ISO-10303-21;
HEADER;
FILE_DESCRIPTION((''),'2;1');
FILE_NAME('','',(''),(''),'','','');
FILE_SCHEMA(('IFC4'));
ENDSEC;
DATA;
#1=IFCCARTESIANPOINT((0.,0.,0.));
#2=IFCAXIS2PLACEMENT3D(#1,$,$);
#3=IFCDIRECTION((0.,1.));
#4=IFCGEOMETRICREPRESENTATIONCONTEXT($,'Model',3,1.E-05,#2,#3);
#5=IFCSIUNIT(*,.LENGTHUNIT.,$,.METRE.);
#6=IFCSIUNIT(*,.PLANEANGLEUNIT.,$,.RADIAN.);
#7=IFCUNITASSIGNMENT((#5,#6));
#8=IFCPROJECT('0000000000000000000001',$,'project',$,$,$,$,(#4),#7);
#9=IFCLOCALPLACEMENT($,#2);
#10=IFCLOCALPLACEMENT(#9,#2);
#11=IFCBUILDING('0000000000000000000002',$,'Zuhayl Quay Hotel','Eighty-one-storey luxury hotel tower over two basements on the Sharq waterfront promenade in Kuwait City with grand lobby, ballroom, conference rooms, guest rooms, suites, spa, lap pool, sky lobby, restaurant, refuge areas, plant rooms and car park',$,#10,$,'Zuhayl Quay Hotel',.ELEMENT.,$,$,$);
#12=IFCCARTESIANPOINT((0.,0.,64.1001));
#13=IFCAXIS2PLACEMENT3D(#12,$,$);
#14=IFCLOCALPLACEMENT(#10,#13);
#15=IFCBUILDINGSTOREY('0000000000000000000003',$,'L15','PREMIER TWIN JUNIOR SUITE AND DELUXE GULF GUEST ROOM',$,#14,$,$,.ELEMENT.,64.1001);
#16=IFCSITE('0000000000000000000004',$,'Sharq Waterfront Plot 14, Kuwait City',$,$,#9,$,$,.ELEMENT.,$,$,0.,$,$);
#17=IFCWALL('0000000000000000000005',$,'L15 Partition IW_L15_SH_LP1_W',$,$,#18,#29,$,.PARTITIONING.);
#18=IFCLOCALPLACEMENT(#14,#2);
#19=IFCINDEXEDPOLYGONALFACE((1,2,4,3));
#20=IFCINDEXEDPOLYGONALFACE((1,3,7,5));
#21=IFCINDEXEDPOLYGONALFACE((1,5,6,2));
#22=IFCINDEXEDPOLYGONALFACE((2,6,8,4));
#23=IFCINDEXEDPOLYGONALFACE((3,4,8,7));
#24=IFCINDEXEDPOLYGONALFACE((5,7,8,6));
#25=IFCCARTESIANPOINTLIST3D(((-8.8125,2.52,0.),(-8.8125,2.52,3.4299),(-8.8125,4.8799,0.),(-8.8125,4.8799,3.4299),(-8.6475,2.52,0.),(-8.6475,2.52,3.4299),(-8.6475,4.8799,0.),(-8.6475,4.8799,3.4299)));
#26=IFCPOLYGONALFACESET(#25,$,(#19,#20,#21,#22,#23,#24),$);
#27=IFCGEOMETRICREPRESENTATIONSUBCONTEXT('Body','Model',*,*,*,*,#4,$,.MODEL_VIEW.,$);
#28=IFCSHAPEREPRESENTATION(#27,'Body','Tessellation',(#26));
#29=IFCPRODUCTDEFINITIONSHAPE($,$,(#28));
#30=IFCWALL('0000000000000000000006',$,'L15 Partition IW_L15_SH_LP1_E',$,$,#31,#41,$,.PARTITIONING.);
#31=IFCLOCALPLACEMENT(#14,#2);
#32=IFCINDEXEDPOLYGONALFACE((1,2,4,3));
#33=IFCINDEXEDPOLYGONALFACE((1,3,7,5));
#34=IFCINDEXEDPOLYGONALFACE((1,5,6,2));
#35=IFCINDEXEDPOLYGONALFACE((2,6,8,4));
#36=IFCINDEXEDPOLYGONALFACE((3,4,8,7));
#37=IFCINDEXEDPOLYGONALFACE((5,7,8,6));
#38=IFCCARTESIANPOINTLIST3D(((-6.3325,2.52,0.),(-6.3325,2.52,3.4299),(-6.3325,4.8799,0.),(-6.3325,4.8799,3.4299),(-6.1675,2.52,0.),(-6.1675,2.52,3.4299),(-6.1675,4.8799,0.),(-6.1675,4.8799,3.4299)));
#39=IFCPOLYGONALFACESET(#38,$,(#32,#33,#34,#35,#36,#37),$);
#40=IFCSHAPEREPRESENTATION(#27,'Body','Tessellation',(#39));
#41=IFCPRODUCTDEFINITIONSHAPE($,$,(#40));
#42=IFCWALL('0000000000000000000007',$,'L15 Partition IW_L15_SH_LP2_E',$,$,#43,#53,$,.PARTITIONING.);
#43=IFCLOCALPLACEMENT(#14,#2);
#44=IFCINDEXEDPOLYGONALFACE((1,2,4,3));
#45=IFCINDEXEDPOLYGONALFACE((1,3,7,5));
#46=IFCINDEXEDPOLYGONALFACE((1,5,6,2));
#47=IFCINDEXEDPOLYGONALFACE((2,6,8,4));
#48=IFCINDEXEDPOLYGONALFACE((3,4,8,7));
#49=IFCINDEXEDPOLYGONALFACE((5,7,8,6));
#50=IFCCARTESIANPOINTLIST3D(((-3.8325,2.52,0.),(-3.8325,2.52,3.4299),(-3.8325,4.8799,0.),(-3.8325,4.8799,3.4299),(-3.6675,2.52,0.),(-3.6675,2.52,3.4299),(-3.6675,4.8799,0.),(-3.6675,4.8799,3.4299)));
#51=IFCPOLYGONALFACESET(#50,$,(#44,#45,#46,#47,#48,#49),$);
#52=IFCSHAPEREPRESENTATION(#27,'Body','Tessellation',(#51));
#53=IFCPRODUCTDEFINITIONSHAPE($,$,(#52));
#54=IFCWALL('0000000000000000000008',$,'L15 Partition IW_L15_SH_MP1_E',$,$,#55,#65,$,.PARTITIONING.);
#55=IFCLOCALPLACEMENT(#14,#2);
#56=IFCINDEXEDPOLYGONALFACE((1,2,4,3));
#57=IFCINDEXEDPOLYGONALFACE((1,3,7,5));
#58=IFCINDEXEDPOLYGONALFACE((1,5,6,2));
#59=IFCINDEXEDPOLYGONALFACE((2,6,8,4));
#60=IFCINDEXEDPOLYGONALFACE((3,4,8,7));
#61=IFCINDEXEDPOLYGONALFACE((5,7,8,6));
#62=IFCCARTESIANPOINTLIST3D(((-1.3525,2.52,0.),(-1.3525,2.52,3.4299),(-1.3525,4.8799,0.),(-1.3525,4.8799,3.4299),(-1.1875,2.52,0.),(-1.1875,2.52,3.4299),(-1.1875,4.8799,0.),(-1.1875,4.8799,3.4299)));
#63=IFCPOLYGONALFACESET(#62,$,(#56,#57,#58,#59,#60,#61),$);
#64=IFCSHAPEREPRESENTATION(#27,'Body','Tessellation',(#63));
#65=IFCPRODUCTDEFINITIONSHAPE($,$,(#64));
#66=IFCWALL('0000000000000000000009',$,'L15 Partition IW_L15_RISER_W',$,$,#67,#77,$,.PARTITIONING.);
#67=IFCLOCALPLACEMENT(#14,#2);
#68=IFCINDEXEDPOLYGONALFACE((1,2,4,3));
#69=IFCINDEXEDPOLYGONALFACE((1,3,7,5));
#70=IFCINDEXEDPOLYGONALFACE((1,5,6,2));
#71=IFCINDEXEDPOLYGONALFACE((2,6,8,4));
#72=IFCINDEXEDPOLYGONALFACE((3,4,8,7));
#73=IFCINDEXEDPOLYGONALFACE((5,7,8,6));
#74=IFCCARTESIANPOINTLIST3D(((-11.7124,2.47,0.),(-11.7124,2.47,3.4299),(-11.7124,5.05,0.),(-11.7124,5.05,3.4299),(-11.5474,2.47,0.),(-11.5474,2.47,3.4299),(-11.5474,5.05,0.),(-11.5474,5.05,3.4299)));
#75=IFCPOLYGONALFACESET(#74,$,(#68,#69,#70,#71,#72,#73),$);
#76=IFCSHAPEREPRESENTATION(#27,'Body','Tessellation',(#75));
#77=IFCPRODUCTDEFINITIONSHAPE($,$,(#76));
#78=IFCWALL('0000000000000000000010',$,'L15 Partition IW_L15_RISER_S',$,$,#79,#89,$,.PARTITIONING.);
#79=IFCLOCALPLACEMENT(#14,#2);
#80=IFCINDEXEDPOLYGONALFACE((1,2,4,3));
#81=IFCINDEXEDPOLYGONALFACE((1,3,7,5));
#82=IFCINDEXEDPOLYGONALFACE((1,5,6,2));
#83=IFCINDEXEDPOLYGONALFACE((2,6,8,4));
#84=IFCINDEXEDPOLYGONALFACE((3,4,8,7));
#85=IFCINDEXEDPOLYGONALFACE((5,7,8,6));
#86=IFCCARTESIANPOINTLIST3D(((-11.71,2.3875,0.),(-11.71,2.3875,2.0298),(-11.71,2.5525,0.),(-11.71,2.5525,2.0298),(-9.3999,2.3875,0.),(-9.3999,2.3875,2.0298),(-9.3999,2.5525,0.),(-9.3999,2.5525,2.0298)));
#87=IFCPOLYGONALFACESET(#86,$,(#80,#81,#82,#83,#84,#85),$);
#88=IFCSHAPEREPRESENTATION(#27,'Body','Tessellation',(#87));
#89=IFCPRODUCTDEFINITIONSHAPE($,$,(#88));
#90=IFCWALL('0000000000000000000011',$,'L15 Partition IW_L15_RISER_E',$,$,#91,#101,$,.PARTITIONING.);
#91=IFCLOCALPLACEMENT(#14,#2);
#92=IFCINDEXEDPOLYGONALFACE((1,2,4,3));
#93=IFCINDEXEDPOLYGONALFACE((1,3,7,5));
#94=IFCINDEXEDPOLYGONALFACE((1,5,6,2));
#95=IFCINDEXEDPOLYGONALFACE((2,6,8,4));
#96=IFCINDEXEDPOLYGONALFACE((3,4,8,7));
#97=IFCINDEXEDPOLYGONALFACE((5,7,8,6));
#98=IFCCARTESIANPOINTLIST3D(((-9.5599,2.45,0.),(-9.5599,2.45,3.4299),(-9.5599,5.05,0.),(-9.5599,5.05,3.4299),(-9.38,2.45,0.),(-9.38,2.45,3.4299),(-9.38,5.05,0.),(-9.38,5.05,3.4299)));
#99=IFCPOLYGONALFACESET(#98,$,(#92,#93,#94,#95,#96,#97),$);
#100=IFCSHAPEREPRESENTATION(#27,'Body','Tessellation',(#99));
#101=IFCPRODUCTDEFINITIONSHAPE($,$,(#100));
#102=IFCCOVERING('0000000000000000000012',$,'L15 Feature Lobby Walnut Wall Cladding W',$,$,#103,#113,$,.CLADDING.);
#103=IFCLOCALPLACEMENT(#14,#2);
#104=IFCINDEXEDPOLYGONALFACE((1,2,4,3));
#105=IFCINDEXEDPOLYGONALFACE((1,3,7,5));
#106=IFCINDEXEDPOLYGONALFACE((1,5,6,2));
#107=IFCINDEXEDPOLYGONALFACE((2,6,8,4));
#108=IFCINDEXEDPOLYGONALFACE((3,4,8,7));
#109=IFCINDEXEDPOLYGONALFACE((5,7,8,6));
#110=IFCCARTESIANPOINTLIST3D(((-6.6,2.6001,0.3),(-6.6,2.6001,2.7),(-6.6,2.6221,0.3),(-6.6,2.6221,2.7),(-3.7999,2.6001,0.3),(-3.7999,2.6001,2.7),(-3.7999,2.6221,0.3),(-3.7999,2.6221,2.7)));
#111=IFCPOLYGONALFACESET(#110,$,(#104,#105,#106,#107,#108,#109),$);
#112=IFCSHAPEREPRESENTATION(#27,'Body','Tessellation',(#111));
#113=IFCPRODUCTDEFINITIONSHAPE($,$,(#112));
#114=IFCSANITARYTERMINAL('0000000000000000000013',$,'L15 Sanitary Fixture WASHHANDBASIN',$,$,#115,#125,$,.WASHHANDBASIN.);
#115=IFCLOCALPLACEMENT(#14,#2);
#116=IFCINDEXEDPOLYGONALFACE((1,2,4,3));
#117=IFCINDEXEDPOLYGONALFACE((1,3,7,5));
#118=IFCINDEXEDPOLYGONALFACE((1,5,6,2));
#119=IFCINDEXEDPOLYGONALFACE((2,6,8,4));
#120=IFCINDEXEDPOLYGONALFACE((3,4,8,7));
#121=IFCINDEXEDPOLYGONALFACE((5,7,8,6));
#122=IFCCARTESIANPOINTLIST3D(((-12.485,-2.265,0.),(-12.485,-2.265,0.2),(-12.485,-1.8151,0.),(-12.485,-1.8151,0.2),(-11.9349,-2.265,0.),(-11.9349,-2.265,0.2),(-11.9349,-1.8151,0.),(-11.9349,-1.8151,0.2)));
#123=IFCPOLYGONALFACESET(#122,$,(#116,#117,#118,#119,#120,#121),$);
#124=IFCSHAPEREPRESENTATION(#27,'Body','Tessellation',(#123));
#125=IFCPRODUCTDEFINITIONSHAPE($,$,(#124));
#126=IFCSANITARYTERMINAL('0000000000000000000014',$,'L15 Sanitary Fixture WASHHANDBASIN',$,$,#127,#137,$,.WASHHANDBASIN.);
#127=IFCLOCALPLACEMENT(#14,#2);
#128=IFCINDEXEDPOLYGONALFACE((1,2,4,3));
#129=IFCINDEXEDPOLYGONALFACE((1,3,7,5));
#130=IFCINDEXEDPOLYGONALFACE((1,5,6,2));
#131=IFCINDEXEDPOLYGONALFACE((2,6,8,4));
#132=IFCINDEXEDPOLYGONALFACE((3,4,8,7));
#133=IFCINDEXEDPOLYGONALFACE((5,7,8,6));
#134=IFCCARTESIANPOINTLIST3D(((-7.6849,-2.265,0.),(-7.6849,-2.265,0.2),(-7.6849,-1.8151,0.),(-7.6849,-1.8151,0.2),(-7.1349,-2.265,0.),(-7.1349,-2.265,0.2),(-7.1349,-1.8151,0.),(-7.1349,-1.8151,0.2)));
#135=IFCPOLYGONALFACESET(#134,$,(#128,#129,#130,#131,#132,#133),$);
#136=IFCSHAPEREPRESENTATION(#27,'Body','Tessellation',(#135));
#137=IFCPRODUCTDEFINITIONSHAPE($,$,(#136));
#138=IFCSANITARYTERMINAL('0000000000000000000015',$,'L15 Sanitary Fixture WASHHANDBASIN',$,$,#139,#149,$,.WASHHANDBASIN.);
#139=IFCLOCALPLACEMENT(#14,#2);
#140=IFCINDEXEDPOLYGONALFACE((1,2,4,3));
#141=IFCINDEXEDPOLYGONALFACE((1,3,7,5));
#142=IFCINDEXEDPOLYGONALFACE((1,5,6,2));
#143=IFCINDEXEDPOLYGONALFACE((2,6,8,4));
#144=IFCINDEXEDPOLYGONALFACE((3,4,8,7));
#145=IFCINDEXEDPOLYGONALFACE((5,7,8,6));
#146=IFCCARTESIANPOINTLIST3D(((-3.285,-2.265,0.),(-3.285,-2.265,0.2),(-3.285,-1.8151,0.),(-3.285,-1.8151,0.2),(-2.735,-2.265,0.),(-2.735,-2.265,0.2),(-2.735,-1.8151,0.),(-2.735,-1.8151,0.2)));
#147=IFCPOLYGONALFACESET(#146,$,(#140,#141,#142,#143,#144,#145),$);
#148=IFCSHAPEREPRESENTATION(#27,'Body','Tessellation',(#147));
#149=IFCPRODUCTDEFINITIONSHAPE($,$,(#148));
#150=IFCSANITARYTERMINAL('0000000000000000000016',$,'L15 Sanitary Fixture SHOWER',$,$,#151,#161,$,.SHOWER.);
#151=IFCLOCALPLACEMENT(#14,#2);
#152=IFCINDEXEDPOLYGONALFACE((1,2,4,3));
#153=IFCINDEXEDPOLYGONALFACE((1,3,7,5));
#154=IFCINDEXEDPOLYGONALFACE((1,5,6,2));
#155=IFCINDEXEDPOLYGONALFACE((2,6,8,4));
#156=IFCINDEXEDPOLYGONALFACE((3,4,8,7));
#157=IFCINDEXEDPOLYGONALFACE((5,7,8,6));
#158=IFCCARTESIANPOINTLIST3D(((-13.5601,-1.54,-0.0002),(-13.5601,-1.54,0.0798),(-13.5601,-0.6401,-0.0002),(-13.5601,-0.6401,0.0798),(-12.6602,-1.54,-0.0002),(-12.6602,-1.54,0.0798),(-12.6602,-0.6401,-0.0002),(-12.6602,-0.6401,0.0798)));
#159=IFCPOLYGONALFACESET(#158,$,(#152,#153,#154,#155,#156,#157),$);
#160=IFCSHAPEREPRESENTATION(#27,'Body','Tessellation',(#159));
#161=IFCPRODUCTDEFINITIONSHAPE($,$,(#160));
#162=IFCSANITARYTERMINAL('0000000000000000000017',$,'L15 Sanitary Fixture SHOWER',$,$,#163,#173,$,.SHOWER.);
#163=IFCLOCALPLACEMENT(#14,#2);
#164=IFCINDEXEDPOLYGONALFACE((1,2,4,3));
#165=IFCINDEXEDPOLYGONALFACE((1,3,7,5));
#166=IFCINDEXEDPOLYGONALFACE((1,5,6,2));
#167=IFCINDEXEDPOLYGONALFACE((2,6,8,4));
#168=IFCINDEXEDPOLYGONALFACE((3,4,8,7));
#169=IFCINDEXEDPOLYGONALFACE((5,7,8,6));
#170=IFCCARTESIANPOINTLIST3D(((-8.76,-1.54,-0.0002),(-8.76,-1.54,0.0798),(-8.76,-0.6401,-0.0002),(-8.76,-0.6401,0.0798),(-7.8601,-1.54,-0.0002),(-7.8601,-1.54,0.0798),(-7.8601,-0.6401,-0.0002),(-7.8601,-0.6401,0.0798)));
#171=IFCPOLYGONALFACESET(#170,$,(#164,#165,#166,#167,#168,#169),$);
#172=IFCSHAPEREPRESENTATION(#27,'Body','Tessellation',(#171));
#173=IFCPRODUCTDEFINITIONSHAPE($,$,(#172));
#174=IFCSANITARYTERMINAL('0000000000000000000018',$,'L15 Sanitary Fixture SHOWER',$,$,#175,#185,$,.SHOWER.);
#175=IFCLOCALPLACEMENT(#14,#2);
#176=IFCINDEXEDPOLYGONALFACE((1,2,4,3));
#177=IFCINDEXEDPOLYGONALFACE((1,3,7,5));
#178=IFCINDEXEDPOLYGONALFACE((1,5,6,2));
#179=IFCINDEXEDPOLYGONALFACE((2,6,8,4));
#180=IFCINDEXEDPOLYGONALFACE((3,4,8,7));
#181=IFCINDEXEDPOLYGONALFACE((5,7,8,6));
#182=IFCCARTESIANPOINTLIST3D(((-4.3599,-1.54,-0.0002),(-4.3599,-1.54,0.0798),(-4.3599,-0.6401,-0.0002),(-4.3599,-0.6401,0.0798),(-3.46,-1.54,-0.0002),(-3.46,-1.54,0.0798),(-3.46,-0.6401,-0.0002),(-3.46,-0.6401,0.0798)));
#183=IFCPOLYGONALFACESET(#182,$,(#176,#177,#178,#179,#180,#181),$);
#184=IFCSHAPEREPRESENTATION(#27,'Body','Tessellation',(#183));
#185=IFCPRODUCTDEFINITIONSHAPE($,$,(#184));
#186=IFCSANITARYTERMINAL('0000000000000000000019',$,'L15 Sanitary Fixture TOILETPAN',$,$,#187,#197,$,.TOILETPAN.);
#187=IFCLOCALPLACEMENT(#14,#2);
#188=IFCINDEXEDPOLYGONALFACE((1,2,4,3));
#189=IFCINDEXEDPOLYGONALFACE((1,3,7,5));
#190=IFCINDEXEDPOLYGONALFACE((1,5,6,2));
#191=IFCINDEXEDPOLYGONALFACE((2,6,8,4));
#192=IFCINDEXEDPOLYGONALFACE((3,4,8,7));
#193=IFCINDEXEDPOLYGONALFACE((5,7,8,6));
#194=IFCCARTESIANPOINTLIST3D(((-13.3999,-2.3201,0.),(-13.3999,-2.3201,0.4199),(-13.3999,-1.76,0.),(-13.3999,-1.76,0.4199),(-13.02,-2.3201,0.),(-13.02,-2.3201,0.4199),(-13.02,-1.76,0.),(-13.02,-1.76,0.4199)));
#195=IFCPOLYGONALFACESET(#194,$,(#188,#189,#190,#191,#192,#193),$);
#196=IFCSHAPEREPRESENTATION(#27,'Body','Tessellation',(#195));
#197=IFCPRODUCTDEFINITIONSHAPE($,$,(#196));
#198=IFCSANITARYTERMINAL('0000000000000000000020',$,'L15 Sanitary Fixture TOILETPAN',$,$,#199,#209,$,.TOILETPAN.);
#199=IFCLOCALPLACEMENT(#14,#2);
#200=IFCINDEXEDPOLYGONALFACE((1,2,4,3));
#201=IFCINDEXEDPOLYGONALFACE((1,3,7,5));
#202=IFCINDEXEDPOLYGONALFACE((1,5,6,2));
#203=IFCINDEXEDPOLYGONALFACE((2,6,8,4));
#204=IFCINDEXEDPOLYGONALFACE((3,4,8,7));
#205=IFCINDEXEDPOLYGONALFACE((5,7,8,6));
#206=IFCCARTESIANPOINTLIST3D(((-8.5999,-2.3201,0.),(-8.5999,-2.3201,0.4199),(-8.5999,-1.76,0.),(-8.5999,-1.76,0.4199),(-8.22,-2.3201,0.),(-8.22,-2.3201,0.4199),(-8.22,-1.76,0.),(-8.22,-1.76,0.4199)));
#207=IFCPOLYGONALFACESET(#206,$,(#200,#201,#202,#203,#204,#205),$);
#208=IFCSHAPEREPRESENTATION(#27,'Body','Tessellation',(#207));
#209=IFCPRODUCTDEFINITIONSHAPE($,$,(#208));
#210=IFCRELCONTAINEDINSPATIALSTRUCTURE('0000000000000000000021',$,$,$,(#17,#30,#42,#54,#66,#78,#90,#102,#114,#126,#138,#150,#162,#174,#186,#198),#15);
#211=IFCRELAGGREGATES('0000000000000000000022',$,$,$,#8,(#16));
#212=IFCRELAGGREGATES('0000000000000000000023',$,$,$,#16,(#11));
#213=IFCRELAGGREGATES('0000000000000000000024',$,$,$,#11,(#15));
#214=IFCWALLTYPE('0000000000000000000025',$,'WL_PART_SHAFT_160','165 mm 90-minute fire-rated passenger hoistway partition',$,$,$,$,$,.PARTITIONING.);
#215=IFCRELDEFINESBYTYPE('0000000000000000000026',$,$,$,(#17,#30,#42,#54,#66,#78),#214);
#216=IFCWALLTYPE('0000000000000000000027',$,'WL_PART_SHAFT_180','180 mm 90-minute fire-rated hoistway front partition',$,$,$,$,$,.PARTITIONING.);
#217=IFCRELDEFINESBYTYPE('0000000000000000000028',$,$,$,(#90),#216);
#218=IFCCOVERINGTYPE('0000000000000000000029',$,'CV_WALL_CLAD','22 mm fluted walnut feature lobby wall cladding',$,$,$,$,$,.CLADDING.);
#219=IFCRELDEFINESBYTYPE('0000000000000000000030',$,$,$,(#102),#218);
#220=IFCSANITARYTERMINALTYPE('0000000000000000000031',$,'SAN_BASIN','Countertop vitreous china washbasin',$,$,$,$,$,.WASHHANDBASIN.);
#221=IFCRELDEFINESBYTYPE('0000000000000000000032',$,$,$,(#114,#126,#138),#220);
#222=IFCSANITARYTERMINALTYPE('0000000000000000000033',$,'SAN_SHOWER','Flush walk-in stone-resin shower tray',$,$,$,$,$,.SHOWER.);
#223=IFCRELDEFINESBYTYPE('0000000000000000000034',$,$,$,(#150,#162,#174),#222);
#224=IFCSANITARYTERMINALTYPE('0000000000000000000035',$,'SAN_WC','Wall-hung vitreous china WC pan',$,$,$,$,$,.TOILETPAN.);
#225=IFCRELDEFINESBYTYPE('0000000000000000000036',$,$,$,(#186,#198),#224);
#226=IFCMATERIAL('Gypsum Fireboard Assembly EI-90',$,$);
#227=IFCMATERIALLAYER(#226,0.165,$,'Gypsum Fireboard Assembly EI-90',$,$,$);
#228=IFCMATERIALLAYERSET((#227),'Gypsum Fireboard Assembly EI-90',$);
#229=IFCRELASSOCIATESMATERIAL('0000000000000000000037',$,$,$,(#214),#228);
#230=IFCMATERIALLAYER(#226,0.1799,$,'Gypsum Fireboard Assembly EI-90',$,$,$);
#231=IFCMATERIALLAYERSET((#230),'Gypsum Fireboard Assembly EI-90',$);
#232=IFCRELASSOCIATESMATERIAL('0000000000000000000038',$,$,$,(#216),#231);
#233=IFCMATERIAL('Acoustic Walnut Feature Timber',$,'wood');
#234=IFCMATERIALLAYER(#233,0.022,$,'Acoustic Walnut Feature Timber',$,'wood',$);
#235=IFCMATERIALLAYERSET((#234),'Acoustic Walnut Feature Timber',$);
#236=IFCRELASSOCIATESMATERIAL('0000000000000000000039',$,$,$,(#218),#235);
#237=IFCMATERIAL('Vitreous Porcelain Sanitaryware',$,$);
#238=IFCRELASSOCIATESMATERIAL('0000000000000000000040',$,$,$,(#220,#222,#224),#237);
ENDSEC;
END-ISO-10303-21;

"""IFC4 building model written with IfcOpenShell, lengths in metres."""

from ifc_helpers import new_model, si_unit, direction, frame, frame_2d, origin, origin_2d, place, context, subcontext, project, spatial, rectangle, extrude, material, layer, layer_set, type_object, element, save


model = new_model("IFC4")

# Units and contexts
model_context = context("Model", 3, precision=1e-05, world=origin(), true_north=direction((0.0, 1.0)))
body_context = subcontext(model_context, "Body", "Model", "MODEL_VIEW")
ifc_project = project(units=[si_unit("LENGTHUNIT", "METRE"), si_unit("PLANEANGLEUNIT", "RADIAN")], contexts=[model_context])

# Site, building, storey
site_placement = place(None, origin())
site = spatial("IfcSite", under=ifc_project, at=site_placement, Name="Sharq Waterfront Plot 14, Kuwait City", CompositionType="ELEMENT", RefElevation=0.0)
building_placement = place(site_placement, origin())
building = spatial("IfcBuilding", under=site, at=building_placement, Name="Zuhayl Quay Hotel", Description="Eighty-one-storey luxury hotel tower over two basements on the Sharq waterfront promenade in Kuwait City with grand lobby, ballroom, conference rooms, guest rooms, suites, spa, lap pool, sky lobby, restaurant, refuge areas, plant rooms and car park", LongName="Zuhayl Quay Hotel", CompositionType="ELEMENT")
storey_placement = place(building_placement, frame((0.0, 0.0, 64.1001)))
storey = spatial("IfcBuildingStorey", under=building, at=storey_placement, Name="L15", Description="PREMIER TWIN JUNIOR SUITE AND DELUXE GULF GUEST ROOM", CompositionType="ELEMENT", Elevation=64.1001)

# Walls
ifc_material_1 = material(Name="Gypsum Fireboard Assembly EI-90")
ifc_layer_1 = layer(ifc_material_1, 0.165, Name="Gypsum Fireboard Assembly EI-90")
ifc_layer_set_1 = layer_set([ifc_layer_1], Name="Gypsum Fireboard Assembly EI-90")
wall_type_1 = type_object("IfcWallType", Name="WL_PART_SHAFT_160", Description="165 mm 90-minute fire-rated passenger hoistway partition", PredefinedType="PARTITIONING", material=ifc_layer_set_1)
for number, where, z_axis, x_axis, name in (
    (1, (-8.73, 2.52, 0.0), (0.0, 0.0, 1.0), (0.0, 1.0, 0.0), "L15 Partition IW_L15_SH_LP1_W"),
    (2, (-6.25, 2.52, 0.0), (0.0, 0.0, 1.0), (0.0, 1.0, 0.0), "L15 Partition IW_L15_SH_LP1_E"),
    (3, (-3.75, 2.52, 0.0), (0.0, 0.0, 1.0), (0.0, 1.0, 0.0), "L15 Partition IW_L15_SH_LP2_E"),
    (4, (-1.27, 2.52, 0.0), (0.0, 0.0, 1.0), (0.0, 1.0, 0.0), "L15 Partition IW_L15_SH_MP1_E"),
):
    element("IfcWall", number, at=place(storey_placement, frame(where, z_axis=z_axis, x_axis=x_axis)), inside=storey, type_object=wall_type_1, Name=name, PredefinedType="PARTITIONING", context=body_context, shape_type="SweptSolid", body=[
        extrude(rectangle(XDim=2.3599, YDim=0.165, at=frame_2d((1.1799, 0.0))), origin(), (0.0, 0.0, 1.0), 3.4299),
    ])
wall_1_placement = place(storey_placement, frame((-11.6299, 2.47, 0.0), z_axis=(0.0, 0.0, 1.0), x_axis=(0.0, 1.0, 0.0)))
element("IfcWall", 5, at=wall_1_placement, inside=storey, type_object=wall_type_1, Name="L15 Partition IW_L15_RISER_W", PredefinedType="PARTITIONING", context=body_context, shape_type="SweptSolid", body=[
    extrude(rectangle(XDim=2.5801, YDim=0.165, at=frame_2d((1.29, 0.0))), origin(), (0.0, 0.0, 1.0), 3.4299),
])
wall_2_placement = place(storey_placement, frame((-11.71, 2.47, 0.0), z_axis=(0.0, 0.0, 1.0), x_axis=(1.0, 0.0, 0.0)))
element("IfcWall", 6, at=wall_2_placement, inside=storey, type_object=wall_type_1, Name="L15 Partition IW_L15_RISER_S", PredefinedType="PARTITIONING", context=body_context, shape_type="SweptSolid", body=[
    extrude(rectangle(XDim=2.3101, YDim=0.165, at=frame_2d((1.155, 0.0))), origin(), (0.0, 0.0, 1.0), 2.0298),
])
ifc_layer_2 = layer(ifc_material_1, 0.1799, Name="Gypsum Fireboard Assembly EI-90")
ifc_layer_set_2 = layer_set([ifc_layer_2], Name="Gypsum Fireboard Assembly EI-90")
wall_type_2 = type_object("IfcWallType", Name="WL_PART_SHAFT_180", Description="180 mm 90-minute fire-rated hoistway front partition", PredefinedType="PARTITIONING", material=ifc_layer_set_2)
wall_3_placement = place(storey_placement, frame((-9.47, 2.45, 0.0), z_axis=(0.0, 0.0, 1.0), x_axis=(0.0, 1.0, 0.0)))
element("IfcWall", 7, at=wall_3_placement, inside=storey, type_object=wall_type_2, Name="L15 Partition IW_L15_RISER_E", PredefinedType="PARTITIONING", context=body_context, shape_type="SweptSolid", body=[
    extrude(rectangle(XDim=2.6001, YDim=0.1799, at=frame_2d((1.3, 0.0))), origin(), (0.0, 0.0, 1.0), 3.4299),
])

# Covering
ifc_material_2 = material(Name="Acoustic Walnut Feature Timber", Category="wood")
ifc_layer_3 = layer(ifc_material_2, 0.022, Name="Acoustic Walnut Feature Timber", Category="wood")
ifc_layer_set_3 = layer_set([ifc_layer_3], Name="Acoustic Walnut Feature Timber")
covering_type = type_object("IfcCoveringType", Name="CV_WALL_CLAD", Description="22 mm fluted walnut feature lobby wall cladding", PredefinedType="CLADDING", material=ifc_layer_set_3)
covering_placement = place(storey_placement, frame((-5.2, 2.6111, 0.3), z_axis=(0.0, 0.0, 1.0), x_axis=(1.0, 0.0, 0.0)))
element("IfcCovering", 8, at=covering_placement, inside=storey, type_object=covering_type, Name="L15 Feature Lobby Walnut Wall Cladding W", PredefinedType="CLADDING", context=body_context, shape_type="SweptSolid", body=[
    extrude(rectangle(XDim=2.8, YDim=0.022, at=origin_2d()), origin(), (0.0, 0.0, 1.0), 2.3999),
])

# Sanitary terminals
ifc_material_3 = material(Name="Vitreous Porcelain Sanitaryware")
sanitary_terminal_type_1 = type_object("IfcSanitaryTerminalType", Name="SAN_BASIN", Description="Countertop vitreous china washbasin", PredefinedType="WASHHANDBASIN", material=ifc_material_3)
for number, where, z_axis, x_axis, name in (
    (9, (-12.21, -2.04, 0.0), (0.0, 0.0, 1.0), (1.0, 0.0, 0.0), "L15 Sanitary Fixture WASHHANDBASIN"),
    (10, (-7.4099, -2.04, 0.0), (0.0, 0.0, 1.0), (1.0, 0.0, 0.0), "L15 Sanitary Fixture WASHHANDBASIN"),
    (11, (-3.01, -2.04, 0.0), (0.0, 0.0, 1.0), (1.0, 0.0, 0.0), "L15 Sanitary Fixture WASHHANDBASIN"),
):
    element("IfcSanitaryTerminal", number, at=place(storey_placement, frame(where, z_axis=z_axis, x_axis=x_axis)), inside=storey, type_object=sanitary_terminal_type_1, Name=name, PredefinedType="WASHHANDBASIN", context=body_context, shape_type="SweptSolid", body=[
        extrude(rectangle(XDim=0.55, YDim=0.45, at=origin_2d()), origin(), (0.0, 0.0, 1.0), 0.2),
    ])
sanitary_terminal_type_2 = type_object("IfcSanitaryTerminalType", Name="SAN_SHOWER", Description="Flush walk-in stone-resin shower tray", PredefinedType="SHOWER", material=ifc_material_3)
for number, where, z_axis, x_axis, name in (
    (12, (-13.1101, -1.0901, -0.0002), (0.0, 0.0, 1.0), (1.0, 0.0, 0.0), "L15 Sanitary Fixture SHOWER"),
    (13, (-8.3101, -1.0901, -0.0002), (0.0, 0.0, 1.0), (1.0, 0.0, 0.0), "L15 Sanitary Fixture SHOWER"),
    (14, (-3.9099, -1.0901, -0.0002), (0.0, 0.0, 1.0), (1.0, 0.0, 0.0), "L15 Sanitary Fixture SHOWER"),
):
    element("IfcSanitaryTerminal", number, at=place(storey_placement, frame(where, z_axis=z_axis, x_axis=x_axis)), inside=storey, type_object=sanitary_terminal_type_2, Name=name, PredefinedType="SHOWER", context=body_context, shape_type="SweptSolid", body=[
        extrude(rectangle(XDim=0.8999, YDim=0.8999, at=origin_2d()), origin(), (0.0, 0.0, 1.0), 0.0801),
    ])
sanitary_terminal_type_3 = type_object("IfcSanitaryTerminalType", Name="SAN_WC", Description="Wall-hung vitreous china WC pan", PredefinedType="TOILETPAN", material=ifc_material_3)
for number, where, z_axis, x_axis, name in (
    (15, (-13.21, -2.04, 0.0), (0.0, 0.0, 1.0), (1.0, 0.0, 0.0), "L15 Sanitary Fixture TOILETPAN"),
    (16, (-8.4099, -2.04, 0.0), (0.0, 0.0, 1.0), (1.0, 0.0, 0.0), "L15 Sanitary Fixture TOILETPAN"),
):
    element("IfcSanitaryTerminal", number, at=place(storey_placement, frame(where, z_axis=z_axis, x_axis=x_axis)), inside=storey, type_object=sanitary_terminal_type_3, Name=name, PredefinedType="TOILETPAN", context=body_context, shape_type="SweptSolid", body=[
        extrude(rectangle(XDim=0.3799, YDim=0.5601, at=origin_2d()), origin(), (0.0, 0.0, 1.0), 0.4199),
    ])

save(model, "model.ifc")
